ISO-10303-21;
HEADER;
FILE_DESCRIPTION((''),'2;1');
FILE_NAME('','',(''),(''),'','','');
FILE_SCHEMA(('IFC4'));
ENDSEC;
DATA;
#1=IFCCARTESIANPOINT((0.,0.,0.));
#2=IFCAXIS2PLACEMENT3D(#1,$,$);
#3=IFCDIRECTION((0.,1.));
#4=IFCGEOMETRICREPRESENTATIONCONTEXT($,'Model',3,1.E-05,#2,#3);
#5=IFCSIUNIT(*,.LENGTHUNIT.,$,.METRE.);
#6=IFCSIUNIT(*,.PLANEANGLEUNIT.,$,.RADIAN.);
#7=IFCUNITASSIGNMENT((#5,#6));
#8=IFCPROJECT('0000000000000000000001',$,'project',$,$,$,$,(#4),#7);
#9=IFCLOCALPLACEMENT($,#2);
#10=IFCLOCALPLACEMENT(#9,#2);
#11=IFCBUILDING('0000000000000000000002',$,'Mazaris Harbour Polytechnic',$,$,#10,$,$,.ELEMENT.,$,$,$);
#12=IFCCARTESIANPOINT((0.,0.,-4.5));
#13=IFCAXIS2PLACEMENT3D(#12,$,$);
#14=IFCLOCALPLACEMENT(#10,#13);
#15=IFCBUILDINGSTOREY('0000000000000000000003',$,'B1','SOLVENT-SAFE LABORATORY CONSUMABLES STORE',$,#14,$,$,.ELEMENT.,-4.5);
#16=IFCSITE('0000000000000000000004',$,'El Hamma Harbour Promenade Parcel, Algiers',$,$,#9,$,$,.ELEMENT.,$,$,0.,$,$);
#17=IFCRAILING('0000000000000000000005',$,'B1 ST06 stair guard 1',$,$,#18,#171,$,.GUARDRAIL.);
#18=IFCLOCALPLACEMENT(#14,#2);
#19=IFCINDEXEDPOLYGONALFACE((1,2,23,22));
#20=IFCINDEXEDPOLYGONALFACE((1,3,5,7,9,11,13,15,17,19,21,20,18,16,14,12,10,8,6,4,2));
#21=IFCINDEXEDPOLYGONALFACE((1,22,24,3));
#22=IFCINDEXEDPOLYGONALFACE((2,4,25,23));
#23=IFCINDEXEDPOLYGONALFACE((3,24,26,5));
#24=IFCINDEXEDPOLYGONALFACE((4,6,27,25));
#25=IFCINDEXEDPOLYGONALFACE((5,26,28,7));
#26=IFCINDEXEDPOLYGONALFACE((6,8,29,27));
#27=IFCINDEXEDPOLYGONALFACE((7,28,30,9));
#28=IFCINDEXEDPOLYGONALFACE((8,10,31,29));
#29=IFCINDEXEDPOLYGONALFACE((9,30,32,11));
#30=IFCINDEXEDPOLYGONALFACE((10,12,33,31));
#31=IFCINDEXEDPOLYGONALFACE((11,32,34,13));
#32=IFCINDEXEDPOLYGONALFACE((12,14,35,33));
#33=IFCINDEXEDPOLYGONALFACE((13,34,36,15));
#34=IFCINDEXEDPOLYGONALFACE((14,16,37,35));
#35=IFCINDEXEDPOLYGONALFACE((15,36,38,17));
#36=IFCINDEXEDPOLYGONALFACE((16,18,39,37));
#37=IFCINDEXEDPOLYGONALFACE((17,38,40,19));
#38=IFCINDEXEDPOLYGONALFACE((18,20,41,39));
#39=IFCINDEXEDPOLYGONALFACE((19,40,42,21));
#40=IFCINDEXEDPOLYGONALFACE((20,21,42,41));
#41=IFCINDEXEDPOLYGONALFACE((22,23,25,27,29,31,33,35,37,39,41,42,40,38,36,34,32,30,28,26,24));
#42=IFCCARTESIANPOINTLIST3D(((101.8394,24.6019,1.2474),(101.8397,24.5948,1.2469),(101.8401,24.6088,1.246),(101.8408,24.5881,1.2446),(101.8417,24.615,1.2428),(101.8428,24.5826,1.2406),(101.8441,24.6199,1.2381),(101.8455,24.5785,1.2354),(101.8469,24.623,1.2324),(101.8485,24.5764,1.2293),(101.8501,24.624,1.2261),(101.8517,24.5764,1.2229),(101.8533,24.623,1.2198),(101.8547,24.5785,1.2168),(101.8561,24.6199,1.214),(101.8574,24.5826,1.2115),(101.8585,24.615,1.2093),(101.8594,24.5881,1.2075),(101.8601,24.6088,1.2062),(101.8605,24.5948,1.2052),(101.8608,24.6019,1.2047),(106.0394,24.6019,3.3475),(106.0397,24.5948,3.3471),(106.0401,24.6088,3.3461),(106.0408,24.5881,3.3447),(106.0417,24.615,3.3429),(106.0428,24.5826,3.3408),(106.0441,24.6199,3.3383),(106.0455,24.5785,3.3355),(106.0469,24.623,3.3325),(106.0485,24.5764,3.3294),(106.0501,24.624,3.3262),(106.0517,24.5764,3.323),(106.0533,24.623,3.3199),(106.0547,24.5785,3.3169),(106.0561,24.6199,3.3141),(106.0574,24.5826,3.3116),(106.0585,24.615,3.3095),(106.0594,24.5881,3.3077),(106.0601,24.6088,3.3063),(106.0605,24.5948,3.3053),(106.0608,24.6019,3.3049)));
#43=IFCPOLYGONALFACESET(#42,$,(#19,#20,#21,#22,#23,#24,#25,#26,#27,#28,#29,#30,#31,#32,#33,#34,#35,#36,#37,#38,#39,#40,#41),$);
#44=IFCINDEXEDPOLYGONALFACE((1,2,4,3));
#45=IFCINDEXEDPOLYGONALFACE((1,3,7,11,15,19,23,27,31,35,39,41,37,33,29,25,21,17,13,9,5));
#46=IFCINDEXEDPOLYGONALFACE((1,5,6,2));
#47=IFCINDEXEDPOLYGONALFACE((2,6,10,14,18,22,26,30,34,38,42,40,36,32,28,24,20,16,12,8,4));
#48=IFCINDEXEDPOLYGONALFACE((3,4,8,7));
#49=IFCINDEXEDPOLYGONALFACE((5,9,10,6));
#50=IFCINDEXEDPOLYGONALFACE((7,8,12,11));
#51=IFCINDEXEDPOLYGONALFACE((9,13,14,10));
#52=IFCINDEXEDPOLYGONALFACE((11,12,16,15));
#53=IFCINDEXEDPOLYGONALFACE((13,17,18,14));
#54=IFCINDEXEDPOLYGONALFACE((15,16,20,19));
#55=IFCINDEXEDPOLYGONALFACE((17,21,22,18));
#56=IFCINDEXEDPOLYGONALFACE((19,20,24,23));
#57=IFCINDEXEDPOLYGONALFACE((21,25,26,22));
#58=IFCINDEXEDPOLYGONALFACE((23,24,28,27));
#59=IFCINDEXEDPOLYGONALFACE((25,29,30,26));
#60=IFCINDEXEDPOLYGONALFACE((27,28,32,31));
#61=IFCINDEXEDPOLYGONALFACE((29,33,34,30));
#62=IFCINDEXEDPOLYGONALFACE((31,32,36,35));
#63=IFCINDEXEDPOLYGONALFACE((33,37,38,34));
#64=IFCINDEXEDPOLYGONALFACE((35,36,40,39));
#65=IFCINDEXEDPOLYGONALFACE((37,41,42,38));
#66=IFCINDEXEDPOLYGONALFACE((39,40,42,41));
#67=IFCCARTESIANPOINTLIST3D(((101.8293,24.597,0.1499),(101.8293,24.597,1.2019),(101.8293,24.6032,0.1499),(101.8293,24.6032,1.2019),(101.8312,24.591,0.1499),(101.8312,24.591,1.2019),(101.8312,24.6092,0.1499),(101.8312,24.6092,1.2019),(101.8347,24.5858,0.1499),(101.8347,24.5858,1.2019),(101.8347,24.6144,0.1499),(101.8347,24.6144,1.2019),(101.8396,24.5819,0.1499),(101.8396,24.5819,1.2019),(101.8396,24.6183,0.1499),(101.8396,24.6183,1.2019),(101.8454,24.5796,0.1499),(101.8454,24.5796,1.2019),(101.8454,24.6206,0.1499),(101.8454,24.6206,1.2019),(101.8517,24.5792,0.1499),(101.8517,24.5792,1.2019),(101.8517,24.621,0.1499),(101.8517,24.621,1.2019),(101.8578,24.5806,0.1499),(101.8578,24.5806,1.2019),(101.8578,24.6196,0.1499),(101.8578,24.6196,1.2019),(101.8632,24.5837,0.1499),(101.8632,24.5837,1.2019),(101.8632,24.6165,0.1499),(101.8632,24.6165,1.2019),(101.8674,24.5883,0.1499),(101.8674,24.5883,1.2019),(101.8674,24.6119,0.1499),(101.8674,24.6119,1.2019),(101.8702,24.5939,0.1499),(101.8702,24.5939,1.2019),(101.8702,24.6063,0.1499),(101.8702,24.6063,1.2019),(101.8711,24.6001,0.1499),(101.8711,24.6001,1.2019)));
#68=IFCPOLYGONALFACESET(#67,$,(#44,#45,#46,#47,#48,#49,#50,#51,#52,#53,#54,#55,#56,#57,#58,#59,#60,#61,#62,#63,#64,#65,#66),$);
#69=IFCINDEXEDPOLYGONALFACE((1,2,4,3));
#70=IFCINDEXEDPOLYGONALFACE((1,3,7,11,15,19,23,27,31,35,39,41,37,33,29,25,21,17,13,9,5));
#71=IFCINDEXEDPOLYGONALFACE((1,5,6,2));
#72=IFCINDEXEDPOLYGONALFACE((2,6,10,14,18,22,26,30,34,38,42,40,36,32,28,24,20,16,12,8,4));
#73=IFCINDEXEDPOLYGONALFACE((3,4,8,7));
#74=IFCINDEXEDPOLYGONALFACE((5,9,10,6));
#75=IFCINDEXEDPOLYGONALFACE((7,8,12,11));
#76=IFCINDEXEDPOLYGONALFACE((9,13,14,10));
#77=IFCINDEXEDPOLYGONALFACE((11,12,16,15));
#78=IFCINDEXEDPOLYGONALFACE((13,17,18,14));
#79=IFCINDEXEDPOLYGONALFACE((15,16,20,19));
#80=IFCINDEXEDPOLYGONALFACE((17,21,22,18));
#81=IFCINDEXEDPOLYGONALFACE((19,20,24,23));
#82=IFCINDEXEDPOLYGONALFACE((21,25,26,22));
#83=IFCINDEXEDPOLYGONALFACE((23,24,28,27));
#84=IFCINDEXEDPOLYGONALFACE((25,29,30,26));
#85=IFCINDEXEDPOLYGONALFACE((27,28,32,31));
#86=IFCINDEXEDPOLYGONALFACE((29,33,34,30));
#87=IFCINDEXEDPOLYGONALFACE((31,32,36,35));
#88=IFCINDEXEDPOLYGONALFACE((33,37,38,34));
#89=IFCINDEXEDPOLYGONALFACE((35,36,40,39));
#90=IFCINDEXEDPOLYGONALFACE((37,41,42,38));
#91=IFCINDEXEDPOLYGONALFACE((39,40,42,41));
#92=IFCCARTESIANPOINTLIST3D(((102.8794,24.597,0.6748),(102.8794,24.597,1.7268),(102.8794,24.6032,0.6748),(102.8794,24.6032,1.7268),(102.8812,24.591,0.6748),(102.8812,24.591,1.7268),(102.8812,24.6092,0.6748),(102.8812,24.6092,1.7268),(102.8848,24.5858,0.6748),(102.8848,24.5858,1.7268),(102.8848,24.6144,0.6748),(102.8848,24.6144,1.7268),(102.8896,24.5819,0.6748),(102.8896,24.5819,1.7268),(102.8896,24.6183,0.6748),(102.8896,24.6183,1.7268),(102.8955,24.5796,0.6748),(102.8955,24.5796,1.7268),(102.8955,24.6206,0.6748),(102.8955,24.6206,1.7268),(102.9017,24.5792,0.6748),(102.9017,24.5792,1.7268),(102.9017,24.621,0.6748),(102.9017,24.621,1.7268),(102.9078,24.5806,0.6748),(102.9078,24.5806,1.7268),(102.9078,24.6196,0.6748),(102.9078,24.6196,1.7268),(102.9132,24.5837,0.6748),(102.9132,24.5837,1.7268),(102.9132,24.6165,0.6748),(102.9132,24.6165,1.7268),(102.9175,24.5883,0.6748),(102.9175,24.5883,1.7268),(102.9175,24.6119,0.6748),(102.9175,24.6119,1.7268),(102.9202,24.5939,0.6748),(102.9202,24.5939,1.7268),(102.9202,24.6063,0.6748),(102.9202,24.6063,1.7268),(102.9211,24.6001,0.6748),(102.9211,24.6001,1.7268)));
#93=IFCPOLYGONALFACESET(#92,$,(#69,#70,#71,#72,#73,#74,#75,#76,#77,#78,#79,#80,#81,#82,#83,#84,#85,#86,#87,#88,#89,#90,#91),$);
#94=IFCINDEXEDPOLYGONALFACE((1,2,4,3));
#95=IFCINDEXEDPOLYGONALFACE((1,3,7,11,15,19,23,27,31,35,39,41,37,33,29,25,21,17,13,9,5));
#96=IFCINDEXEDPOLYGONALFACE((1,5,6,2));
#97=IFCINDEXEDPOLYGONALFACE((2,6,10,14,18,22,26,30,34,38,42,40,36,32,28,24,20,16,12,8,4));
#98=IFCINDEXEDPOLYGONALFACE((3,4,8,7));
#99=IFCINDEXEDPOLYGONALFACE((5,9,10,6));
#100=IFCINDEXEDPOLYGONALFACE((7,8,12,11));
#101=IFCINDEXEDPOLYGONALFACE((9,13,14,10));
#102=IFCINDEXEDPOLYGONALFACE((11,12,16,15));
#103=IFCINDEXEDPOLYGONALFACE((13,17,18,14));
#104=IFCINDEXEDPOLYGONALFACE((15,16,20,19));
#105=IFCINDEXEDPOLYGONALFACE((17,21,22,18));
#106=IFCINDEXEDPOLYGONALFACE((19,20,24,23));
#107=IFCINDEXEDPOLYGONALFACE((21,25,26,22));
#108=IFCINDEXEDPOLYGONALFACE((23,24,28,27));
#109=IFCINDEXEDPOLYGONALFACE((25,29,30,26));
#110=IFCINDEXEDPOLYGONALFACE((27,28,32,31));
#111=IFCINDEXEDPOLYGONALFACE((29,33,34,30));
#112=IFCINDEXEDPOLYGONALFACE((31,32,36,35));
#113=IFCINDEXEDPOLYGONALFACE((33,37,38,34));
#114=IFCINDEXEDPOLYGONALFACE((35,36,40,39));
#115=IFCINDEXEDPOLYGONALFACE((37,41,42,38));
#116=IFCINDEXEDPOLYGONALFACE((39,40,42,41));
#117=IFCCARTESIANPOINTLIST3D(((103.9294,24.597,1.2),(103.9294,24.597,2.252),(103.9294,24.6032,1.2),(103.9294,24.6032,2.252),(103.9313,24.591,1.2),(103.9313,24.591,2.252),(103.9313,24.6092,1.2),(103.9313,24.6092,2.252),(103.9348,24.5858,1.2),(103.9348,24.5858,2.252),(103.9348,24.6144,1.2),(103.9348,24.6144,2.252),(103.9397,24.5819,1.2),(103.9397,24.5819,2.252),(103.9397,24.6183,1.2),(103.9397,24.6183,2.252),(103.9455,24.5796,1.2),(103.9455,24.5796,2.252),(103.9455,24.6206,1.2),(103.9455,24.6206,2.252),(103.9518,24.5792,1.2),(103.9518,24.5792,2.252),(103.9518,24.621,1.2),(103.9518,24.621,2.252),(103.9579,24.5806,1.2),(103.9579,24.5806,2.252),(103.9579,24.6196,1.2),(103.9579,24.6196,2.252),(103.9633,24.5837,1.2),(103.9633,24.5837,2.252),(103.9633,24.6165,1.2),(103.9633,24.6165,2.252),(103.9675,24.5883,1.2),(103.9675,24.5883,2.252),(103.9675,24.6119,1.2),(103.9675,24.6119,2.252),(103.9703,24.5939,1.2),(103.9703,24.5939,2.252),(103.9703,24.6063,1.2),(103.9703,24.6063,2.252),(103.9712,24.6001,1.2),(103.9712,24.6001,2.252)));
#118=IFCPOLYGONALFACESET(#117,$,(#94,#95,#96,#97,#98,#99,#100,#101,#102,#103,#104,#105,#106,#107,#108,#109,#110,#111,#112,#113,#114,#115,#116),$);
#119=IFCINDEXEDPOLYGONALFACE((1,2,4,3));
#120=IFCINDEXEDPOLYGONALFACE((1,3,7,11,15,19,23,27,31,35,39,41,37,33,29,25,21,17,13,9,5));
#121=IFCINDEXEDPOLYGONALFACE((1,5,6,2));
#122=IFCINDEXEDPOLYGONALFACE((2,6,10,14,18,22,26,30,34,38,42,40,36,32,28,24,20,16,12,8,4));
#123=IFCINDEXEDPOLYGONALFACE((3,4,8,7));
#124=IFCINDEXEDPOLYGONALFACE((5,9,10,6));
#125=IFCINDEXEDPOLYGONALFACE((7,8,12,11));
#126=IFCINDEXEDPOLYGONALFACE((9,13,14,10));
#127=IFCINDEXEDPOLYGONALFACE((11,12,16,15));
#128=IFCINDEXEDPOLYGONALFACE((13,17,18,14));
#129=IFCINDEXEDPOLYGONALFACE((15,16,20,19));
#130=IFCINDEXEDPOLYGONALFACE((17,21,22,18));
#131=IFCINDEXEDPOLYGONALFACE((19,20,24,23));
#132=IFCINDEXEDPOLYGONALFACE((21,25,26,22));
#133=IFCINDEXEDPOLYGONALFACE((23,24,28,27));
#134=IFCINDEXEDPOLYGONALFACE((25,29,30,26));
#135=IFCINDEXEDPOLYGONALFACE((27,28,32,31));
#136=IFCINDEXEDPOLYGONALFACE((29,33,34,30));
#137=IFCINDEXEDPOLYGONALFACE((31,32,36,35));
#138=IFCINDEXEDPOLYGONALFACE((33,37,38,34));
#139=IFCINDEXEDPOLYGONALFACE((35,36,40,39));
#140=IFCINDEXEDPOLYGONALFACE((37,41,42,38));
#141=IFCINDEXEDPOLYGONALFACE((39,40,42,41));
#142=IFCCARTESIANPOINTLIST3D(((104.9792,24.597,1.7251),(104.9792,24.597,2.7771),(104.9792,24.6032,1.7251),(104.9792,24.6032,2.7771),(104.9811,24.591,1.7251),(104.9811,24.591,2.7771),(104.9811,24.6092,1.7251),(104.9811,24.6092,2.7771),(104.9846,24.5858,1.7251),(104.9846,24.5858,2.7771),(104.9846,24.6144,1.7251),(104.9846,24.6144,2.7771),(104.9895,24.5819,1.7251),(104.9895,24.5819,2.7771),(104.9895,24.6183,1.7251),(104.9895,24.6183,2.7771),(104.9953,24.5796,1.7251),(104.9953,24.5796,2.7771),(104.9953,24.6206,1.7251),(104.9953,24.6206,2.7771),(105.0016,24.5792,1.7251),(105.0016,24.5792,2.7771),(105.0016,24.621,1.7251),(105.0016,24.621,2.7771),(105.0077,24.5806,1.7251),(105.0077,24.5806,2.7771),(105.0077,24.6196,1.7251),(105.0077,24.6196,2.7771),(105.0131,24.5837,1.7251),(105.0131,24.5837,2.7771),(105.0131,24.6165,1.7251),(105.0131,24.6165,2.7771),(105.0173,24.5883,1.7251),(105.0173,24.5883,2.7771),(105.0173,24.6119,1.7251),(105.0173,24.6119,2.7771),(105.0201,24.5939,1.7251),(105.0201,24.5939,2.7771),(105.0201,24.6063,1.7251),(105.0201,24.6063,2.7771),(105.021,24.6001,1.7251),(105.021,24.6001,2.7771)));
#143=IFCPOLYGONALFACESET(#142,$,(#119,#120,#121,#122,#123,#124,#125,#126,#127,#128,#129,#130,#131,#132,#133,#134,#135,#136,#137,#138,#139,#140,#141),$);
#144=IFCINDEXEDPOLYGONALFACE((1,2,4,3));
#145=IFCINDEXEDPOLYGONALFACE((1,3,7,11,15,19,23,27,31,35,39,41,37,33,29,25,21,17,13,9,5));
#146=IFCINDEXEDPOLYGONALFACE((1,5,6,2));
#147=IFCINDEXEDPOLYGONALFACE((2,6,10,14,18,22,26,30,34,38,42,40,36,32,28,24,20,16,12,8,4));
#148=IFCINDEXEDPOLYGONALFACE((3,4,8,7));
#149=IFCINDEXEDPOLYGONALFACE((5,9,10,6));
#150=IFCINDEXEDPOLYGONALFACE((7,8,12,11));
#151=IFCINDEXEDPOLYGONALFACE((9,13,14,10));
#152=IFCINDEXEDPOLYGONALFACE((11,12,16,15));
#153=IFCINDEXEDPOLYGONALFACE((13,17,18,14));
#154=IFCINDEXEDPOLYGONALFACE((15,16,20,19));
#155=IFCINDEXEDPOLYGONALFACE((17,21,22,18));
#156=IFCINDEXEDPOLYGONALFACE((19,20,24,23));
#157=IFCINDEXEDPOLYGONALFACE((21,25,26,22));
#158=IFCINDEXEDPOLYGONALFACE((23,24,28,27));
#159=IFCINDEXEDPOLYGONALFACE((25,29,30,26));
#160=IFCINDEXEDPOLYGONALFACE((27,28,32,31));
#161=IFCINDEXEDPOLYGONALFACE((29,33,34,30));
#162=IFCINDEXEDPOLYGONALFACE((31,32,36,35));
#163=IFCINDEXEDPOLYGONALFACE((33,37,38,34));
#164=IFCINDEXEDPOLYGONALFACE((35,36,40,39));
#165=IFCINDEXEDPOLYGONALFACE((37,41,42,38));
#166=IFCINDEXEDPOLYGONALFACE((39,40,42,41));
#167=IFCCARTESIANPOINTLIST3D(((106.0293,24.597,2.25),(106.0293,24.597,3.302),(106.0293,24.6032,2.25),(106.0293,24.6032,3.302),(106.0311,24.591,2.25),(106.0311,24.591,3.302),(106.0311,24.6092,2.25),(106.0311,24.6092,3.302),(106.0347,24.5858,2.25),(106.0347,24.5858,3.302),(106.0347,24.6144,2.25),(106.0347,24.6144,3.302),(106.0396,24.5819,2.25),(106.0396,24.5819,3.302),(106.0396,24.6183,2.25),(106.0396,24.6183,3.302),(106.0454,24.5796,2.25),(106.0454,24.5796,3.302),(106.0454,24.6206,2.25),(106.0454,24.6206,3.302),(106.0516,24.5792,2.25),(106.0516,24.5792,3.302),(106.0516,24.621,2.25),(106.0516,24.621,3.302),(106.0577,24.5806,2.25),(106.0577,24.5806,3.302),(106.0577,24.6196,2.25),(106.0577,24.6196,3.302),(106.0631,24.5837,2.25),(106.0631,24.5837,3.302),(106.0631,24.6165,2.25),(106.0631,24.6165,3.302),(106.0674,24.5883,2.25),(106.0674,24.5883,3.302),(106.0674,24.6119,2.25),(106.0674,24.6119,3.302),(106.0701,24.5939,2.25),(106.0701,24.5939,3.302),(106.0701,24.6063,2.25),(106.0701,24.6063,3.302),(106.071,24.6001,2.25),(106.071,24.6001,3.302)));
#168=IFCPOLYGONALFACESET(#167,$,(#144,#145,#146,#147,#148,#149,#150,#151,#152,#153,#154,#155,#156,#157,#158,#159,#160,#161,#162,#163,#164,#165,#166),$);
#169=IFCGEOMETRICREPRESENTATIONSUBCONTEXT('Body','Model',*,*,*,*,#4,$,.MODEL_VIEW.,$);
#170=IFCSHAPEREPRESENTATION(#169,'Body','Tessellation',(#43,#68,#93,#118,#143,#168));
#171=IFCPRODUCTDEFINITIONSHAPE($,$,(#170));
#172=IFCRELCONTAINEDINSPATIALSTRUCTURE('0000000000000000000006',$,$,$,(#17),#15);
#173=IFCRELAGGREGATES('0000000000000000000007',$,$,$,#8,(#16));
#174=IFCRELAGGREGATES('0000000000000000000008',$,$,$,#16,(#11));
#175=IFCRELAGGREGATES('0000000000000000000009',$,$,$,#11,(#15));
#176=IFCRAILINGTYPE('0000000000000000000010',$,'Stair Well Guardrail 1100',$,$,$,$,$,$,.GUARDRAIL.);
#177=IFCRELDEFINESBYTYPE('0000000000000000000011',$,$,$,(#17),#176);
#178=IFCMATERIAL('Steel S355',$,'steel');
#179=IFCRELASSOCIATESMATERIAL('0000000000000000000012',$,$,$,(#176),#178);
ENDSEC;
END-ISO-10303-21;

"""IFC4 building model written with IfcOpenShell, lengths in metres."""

from ifc_helpers import new_model, si_unit, direction, frame, origin, origin_2d, place, context, subcontext, project, spatial, circle, extrude, material, type_object, element, save


model = new_model("IFC4")

# Units and contexts
model_context = context("Model", 3, precision=1e-05, world=origin(), true_north=direction((0.0, 1.0)))
body_context = subcontext(model_context, "Body", "Model", "MODEL_VIEW")
ifc_project = project(units=[si_unit("LENGTHUNIT", "METRE"), si_unit("PLANEANGLEUNIT", "RADIAN")], contexts=[model_context])

# Site, building, storey
site_placement = place(None, origin())
site = spatial("IfcSite", under=ifc_project, at=site_placement, Name="El Hamma Harbour Promenade Parcel, Algiers", CompositionType="ELEMENT", RefElevation=0.0)
building_placement = place(site_placement, origin())
building = spatial("IfcBuilding", under=site, at=building_placement, Name="Mazaris Harbour Polytechnic", CompositionType="ELEMENT")
storey_placement = place(building_placement, frame((0.0, 0.0, -4.5)))
storey = spatial("IfcBuildingStorey", under=building, at=storey_placement, Name="B1", Description="SOLVENT-SAFE LABORATORY CONSUMABLES STORE", CompositionType="ELEMENT", Elevation=-4.5)

# Railing
ifc_material_1 = material(Name="Steel S355", Category="steel")
railing_type = type_object("IfcRailingType", Name="Stair Well Guardrail 1100", PredefinedType="GUARDRAIL", material=ifc_material_1)
railing_1_placement = place(storey_placement, frame((101.8501, 24.6001, 0.1499)))
element("IfcRailing", 1, at=railing_1_placement, inside=storey, type_object=railing_type, Name="B1 ST06 stair guard 1", PredefinedType="GUARDRAIL", context=body_context, shape_type="SweptSolid", body=[
    extrude(circle(Radius=0.0239, at=origin_2d()), frame((0.0, 0.0, 1.0762), z_axis=(0.894417, 0.0, 0.447234), x_axis=(0.0, 1.0, 0.0)), (0.0, 0.0, 1.0), 4.6958),
    extrude(circle(Radius=0.021, at=origin_2d()), origin(), (0.0, 0.0, 1.0), 1.052),
    extrude(circle(Radius=0.021, at=origin_2d()), frame((1.05, 0.0, 0.5249)), (0.0, 0.0, 1.0), 1.052),
    extrude(circle(Radius=0.021, at=origin_2d()), frame((2.1001, 0.0, 1.05)), (0.0, 0.0, 1.0), 1.052),
    extrude(circle(Radius=0.021, at=origin_2d()), frame((3.1499, 0.0, 1.5752)), (0.0, 0.0, 1.0), 1.052),
    extrude(circle(Radius=0.021, at=origin_2d()), frame((4.2, 0.0, 2.1001)), (0.0, 0.0, 1.0), 1.052),
])

save(model, "model.ifc")
